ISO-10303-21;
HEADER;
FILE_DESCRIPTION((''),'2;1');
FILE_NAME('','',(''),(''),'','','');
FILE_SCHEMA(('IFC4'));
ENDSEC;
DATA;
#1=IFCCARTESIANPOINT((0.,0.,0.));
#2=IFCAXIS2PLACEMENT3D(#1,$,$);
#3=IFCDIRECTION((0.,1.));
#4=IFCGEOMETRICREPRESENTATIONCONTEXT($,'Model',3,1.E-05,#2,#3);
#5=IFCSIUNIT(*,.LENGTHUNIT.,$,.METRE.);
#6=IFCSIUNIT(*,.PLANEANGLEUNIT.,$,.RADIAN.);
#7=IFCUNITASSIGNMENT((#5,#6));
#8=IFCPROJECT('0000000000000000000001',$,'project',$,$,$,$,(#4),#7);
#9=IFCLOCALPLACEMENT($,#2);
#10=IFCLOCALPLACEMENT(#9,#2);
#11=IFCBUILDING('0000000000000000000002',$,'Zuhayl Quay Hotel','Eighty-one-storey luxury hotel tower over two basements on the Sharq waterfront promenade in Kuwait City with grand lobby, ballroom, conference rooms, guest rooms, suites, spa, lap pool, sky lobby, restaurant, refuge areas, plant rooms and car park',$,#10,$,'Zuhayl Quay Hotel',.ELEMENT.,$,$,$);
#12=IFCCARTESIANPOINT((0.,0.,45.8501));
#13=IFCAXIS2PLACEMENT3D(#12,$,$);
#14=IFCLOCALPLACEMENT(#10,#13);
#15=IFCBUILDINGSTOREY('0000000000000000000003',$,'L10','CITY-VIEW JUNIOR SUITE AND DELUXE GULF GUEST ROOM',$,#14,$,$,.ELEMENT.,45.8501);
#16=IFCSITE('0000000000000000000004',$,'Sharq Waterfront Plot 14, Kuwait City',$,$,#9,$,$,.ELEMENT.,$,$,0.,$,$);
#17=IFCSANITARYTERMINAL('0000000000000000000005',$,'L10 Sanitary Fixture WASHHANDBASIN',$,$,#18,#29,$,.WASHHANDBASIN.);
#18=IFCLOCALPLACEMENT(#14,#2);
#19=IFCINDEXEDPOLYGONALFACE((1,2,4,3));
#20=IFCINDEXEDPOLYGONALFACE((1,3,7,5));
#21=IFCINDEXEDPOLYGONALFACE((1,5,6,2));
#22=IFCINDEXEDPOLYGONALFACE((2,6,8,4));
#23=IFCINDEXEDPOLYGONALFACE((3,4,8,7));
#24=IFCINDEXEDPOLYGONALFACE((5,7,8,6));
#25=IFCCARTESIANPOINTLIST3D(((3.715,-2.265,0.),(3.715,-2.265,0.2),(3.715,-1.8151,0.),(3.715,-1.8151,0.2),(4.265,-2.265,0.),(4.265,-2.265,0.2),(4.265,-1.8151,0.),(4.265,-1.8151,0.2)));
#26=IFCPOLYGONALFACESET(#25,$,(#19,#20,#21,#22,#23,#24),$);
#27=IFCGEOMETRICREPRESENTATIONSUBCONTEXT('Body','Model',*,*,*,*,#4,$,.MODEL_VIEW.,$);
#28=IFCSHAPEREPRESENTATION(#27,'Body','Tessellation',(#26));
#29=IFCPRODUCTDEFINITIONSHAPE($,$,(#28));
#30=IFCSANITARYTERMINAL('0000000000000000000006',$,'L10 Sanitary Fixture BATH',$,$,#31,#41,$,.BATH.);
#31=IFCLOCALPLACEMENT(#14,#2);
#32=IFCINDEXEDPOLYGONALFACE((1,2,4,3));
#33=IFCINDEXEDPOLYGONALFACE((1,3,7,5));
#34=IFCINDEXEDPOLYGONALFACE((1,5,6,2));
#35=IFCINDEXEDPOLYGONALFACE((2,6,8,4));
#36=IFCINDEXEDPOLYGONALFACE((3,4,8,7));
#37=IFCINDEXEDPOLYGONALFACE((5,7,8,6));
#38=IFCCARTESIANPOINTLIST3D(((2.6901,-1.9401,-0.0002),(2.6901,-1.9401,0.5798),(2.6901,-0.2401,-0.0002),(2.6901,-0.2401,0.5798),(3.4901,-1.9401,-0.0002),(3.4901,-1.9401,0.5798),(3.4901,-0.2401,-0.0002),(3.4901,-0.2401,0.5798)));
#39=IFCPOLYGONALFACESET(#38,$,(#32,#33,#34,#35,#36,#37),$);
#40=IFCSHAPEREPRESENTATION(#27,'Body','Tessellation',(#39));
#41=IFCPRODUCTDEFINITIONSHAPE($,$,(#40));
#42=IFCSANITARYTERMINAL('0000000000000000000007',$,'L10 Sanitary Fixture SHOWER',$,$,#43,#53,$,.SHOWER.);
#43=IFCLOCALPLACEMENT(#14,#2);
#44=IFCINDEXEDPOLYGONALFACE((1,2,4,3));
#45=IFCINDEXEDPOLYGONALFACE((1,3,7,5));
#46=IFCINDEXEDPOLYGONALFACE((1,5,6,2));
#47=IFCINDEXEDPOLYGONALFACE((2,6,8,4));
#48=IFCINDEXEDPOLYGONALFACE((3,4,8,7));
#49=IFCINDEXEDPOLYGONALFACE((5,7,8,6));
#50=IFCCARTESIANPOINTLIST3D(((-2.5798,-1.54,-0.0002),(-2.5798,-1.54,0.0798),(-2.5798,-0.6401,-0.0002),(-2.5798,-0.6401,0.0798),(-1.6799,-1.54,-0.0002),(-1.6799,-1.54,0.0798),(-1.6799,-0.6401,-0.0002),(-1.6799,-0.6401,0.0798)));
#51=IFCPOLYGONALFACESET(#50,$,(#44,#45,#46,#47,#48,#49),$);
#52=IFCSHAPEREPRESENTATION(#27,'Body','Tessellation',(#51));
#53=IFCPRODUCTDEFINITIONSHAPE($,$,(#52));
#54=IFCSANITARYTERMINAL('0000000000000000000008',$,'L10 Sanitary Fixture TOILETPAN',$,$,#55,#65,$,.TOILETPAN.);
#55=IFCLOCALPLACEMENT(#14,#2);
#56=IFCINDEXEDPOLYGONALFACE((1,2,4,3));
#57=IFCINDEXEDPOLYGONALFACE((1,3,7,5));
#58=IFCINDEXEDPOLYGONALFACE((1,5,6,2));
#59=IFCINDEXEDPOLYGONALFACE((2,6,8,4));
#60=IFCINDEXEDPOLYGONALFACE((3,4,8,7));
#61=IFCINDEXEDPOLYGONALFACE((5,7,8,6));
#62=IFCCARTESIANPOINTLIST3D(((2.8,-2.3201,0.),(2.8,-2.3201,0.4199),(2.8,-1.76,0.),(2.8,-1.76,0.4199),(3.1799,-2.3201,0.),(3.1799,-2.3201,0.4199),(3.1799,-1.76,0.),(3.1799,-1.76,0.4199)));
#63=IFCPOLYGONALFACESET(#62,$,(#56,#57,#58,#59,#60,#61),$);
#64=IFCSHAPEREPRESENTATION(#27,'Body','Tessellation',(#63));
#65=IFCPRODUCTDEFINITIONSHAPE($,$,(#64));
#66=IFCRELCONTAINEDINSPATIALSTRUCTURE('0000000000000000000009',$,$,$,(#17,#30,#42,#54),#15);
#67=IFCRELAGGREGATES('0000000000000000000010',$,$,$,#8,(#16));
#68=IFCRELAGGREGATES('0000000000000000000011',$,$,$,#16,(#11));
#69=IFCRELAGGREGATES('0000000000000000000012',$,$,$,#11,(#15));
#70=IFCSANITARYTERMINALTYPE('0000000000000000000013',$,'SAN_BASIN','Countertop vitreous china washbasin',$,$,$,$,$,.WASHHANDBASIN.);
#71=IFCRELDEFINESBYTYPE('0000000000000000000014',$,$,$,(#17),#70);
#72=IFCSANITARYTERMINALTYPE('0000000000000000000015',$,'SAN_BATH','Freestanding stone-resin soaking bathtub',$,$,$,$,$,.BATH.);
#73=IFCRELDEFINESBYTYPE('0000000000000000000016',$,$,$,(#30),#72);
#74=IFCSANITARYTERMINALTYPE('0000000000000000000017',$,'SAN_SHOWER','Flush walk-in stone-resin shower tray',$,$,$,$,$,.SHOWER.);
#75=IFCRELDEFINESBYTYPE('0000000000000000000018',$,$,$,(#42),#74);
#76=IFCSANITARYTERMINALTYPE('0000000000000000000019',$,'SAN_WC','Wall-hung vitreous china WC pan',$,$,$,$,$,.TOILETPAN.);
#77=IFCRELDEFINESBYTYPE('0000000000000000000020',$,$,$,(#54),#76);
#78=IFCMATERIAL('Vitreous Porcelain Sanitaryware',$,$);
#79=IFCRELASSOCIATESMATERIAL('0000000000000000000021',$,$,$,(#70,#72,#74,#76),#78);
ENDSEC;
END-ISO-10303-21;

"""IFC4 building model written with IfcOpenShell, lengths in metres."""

from ifc_helpers import new_model, si_unit, direction, frame, origin, origin_2d, place, context, subcontext, project, spatial, rectangle, extrude, material, type_object, element, save


model = new_model("IFC4")

# Units and contexts
model_context = context("Model", 3, precision=1e-05, world=origin(), true_north=direction((0.0, 1.0)))
body_context = subcontext(model_context, "Body", "Model", "MODEL_VIEW")
ifc_project = project(units=[si_unit("LENGTHUNIT", "METRE"), si_unit("PLANEANGLEUNIT", "RADIAN")], contexts=[model_context])

# Site, building, storey
site_placement = place(None, origin())
site = spatial("IfcSite", under=ifc_project, at=site_placement, Name="Sharq Waterfront Plot 14, Kuwait City", CompositionType="ELEMENT", RefElevation=0.0)
building_placement = place(site_placement, origin())
building = spatial("IfcBuilding", under=site, at=building_placement, Name="Zuhayl Quay Hotel", Description="Eighty-one-storey luxury hotel tower over two basements on the Sharq waterfront promenade in Kuwait City with grand lobby, ballroom, conference rooms, guest rooms, suites, spa, lap pool, sky lobby, restaurant, refuge areas, plant rooms and car park", LongName="Zuhayl Quay Hotel", CompositionType="ELEMENT")
storey_placement = place(building_placement, frame((0.0, 0.0, 45.8501)))
storey = spatial("IfcBuildingStorey", under=building, at=storey_placement, Name="L10", Description="CITY-VIEW JUNIOR SUITE AND DELUXE GULF GUEST ROOM", CompositionType="ELEMENT", Elevation=45.8501)

# Sanitary terminals
ifc_material_1 = material(Name="Vitreous Porcelain Sanitaryware")
sanitary_terminal_type_1 = type_object("IfcSanitaryTerminalType", Name="SAN_BASIN", Description="Countertop vitreous china washbasin", PredefinedType="WASHHANDBASIN", material=ifc_material_1)
sanitary_terminal_1_placement = place(storey_placement, frame((3.99, -2.04, 0.0), z_axis=(0.0, 0.0, 1.0), x_axis=(1.0, 0.0, 0.0)))
element("IfcSanitaryTerminal", 1, at=sanitary_terminal_1_placement, inside=storey, type_object=sanitary_terminal_type_1, Name="L10 Sanitary Fixture WASHHANDBASIN", PredefinedType="WASHHANDBASIN", context=body_context, shape_type="SweptSolid", body=[
    extrude(rectangle(XDim=0.55, YDim=0.45, at=origin_2d()), origin(), (0.0, 0.0, 1.0), 0.2),
])
sanitary_terminal_type_2 = type_object("IfcSanitaryTerminalType", Name="SAN_BATH", Description="Freestanding stone-resin soaking bathtub", PredefinedType="BATH", material=ifc_material_1)
sanitary_terminal_2_placement = place(storey_placement, frame((3.0901, -1.0901, -0.0002), z_axis=(0.0, 0.0, 1.0), x_axis=(1.0, 0.0, 0.0)))
element("IfcSanitaryTerminal", 2, at=sanitary_terminal_2_placement, inside=storey, type_object=sanitary_terminal_type_2, Name="L10 Sanitary Fixture BATH", PredefinedType="BATH", context=body_context, shape_type="SweptSolid", body=[
    extrude(rectangle(XDim=0.8, YDim=1.7, at=origin_2d()), origin(), (0.0, 0.0, 1.0), 0.5801),
])
sanitary_terminal_type_3 = type_object("IfcSanitaryTerminalType", Name="SAN_SHOWER", Description="Flush walk-in stone-resin shower tray", PredefinedType="SHOWER", material=ifc_material_1)
sanitary_terminal_3_placement = place(storey_placement, frame((-2.1299, -1.0901, -0.0002), z_axis=(0.0, 0.0, 1.0), x_axis=(1.0, 0.0, 0.0)))
element("IfcSanitaryTerminal", 3, at=sanitary_terminal_3_placement, inside=storey, type_object=sanitary_terminal_type_3, Name="L10 Sanitary Fixture SHOWER", PredefinedType="SHOWER", context=body_context, shape_type="SweptSolid", body=[
    extrude(rectangle(XDim=0.8999, YDim=0.8999, at=origin_2d()), origin(), (0.0, 0.0, 1.0), 0.0801),
])
sanitary_terminal_type_4 = type_object("IfcSanitaryTerminalType", Name="SAN_WC", Description="Wall-hung vitreous china WC pan", PredefinedType="TOILETPAN", material=ifc_material_1)
sanitary_terminal_4_placement = place(storey_placement, frame((2.99, -2.04, 0.0), z_axis=(0.0, 0.0, 1.0), x_axis=(1.0, 0.0, 0.0)))
element("IfcSanitaryTerminal", 4, at=sanitary_terminal_4_placement, inside=storey, type_object=sanitary_terminal_type_4, Name="L10 Sanitary Fixture TOILETPAN", PredefinedType="TOILETPAN", context=body_context, shape_type="SweptSolid", body=[
    extrude(rectangle(XDim=0.3799, YDim=0.5601, at=origin_2d()), origin(), (0.0, 0.0, 1.0), 0.4199),
])

save(model, "model.ifc")
